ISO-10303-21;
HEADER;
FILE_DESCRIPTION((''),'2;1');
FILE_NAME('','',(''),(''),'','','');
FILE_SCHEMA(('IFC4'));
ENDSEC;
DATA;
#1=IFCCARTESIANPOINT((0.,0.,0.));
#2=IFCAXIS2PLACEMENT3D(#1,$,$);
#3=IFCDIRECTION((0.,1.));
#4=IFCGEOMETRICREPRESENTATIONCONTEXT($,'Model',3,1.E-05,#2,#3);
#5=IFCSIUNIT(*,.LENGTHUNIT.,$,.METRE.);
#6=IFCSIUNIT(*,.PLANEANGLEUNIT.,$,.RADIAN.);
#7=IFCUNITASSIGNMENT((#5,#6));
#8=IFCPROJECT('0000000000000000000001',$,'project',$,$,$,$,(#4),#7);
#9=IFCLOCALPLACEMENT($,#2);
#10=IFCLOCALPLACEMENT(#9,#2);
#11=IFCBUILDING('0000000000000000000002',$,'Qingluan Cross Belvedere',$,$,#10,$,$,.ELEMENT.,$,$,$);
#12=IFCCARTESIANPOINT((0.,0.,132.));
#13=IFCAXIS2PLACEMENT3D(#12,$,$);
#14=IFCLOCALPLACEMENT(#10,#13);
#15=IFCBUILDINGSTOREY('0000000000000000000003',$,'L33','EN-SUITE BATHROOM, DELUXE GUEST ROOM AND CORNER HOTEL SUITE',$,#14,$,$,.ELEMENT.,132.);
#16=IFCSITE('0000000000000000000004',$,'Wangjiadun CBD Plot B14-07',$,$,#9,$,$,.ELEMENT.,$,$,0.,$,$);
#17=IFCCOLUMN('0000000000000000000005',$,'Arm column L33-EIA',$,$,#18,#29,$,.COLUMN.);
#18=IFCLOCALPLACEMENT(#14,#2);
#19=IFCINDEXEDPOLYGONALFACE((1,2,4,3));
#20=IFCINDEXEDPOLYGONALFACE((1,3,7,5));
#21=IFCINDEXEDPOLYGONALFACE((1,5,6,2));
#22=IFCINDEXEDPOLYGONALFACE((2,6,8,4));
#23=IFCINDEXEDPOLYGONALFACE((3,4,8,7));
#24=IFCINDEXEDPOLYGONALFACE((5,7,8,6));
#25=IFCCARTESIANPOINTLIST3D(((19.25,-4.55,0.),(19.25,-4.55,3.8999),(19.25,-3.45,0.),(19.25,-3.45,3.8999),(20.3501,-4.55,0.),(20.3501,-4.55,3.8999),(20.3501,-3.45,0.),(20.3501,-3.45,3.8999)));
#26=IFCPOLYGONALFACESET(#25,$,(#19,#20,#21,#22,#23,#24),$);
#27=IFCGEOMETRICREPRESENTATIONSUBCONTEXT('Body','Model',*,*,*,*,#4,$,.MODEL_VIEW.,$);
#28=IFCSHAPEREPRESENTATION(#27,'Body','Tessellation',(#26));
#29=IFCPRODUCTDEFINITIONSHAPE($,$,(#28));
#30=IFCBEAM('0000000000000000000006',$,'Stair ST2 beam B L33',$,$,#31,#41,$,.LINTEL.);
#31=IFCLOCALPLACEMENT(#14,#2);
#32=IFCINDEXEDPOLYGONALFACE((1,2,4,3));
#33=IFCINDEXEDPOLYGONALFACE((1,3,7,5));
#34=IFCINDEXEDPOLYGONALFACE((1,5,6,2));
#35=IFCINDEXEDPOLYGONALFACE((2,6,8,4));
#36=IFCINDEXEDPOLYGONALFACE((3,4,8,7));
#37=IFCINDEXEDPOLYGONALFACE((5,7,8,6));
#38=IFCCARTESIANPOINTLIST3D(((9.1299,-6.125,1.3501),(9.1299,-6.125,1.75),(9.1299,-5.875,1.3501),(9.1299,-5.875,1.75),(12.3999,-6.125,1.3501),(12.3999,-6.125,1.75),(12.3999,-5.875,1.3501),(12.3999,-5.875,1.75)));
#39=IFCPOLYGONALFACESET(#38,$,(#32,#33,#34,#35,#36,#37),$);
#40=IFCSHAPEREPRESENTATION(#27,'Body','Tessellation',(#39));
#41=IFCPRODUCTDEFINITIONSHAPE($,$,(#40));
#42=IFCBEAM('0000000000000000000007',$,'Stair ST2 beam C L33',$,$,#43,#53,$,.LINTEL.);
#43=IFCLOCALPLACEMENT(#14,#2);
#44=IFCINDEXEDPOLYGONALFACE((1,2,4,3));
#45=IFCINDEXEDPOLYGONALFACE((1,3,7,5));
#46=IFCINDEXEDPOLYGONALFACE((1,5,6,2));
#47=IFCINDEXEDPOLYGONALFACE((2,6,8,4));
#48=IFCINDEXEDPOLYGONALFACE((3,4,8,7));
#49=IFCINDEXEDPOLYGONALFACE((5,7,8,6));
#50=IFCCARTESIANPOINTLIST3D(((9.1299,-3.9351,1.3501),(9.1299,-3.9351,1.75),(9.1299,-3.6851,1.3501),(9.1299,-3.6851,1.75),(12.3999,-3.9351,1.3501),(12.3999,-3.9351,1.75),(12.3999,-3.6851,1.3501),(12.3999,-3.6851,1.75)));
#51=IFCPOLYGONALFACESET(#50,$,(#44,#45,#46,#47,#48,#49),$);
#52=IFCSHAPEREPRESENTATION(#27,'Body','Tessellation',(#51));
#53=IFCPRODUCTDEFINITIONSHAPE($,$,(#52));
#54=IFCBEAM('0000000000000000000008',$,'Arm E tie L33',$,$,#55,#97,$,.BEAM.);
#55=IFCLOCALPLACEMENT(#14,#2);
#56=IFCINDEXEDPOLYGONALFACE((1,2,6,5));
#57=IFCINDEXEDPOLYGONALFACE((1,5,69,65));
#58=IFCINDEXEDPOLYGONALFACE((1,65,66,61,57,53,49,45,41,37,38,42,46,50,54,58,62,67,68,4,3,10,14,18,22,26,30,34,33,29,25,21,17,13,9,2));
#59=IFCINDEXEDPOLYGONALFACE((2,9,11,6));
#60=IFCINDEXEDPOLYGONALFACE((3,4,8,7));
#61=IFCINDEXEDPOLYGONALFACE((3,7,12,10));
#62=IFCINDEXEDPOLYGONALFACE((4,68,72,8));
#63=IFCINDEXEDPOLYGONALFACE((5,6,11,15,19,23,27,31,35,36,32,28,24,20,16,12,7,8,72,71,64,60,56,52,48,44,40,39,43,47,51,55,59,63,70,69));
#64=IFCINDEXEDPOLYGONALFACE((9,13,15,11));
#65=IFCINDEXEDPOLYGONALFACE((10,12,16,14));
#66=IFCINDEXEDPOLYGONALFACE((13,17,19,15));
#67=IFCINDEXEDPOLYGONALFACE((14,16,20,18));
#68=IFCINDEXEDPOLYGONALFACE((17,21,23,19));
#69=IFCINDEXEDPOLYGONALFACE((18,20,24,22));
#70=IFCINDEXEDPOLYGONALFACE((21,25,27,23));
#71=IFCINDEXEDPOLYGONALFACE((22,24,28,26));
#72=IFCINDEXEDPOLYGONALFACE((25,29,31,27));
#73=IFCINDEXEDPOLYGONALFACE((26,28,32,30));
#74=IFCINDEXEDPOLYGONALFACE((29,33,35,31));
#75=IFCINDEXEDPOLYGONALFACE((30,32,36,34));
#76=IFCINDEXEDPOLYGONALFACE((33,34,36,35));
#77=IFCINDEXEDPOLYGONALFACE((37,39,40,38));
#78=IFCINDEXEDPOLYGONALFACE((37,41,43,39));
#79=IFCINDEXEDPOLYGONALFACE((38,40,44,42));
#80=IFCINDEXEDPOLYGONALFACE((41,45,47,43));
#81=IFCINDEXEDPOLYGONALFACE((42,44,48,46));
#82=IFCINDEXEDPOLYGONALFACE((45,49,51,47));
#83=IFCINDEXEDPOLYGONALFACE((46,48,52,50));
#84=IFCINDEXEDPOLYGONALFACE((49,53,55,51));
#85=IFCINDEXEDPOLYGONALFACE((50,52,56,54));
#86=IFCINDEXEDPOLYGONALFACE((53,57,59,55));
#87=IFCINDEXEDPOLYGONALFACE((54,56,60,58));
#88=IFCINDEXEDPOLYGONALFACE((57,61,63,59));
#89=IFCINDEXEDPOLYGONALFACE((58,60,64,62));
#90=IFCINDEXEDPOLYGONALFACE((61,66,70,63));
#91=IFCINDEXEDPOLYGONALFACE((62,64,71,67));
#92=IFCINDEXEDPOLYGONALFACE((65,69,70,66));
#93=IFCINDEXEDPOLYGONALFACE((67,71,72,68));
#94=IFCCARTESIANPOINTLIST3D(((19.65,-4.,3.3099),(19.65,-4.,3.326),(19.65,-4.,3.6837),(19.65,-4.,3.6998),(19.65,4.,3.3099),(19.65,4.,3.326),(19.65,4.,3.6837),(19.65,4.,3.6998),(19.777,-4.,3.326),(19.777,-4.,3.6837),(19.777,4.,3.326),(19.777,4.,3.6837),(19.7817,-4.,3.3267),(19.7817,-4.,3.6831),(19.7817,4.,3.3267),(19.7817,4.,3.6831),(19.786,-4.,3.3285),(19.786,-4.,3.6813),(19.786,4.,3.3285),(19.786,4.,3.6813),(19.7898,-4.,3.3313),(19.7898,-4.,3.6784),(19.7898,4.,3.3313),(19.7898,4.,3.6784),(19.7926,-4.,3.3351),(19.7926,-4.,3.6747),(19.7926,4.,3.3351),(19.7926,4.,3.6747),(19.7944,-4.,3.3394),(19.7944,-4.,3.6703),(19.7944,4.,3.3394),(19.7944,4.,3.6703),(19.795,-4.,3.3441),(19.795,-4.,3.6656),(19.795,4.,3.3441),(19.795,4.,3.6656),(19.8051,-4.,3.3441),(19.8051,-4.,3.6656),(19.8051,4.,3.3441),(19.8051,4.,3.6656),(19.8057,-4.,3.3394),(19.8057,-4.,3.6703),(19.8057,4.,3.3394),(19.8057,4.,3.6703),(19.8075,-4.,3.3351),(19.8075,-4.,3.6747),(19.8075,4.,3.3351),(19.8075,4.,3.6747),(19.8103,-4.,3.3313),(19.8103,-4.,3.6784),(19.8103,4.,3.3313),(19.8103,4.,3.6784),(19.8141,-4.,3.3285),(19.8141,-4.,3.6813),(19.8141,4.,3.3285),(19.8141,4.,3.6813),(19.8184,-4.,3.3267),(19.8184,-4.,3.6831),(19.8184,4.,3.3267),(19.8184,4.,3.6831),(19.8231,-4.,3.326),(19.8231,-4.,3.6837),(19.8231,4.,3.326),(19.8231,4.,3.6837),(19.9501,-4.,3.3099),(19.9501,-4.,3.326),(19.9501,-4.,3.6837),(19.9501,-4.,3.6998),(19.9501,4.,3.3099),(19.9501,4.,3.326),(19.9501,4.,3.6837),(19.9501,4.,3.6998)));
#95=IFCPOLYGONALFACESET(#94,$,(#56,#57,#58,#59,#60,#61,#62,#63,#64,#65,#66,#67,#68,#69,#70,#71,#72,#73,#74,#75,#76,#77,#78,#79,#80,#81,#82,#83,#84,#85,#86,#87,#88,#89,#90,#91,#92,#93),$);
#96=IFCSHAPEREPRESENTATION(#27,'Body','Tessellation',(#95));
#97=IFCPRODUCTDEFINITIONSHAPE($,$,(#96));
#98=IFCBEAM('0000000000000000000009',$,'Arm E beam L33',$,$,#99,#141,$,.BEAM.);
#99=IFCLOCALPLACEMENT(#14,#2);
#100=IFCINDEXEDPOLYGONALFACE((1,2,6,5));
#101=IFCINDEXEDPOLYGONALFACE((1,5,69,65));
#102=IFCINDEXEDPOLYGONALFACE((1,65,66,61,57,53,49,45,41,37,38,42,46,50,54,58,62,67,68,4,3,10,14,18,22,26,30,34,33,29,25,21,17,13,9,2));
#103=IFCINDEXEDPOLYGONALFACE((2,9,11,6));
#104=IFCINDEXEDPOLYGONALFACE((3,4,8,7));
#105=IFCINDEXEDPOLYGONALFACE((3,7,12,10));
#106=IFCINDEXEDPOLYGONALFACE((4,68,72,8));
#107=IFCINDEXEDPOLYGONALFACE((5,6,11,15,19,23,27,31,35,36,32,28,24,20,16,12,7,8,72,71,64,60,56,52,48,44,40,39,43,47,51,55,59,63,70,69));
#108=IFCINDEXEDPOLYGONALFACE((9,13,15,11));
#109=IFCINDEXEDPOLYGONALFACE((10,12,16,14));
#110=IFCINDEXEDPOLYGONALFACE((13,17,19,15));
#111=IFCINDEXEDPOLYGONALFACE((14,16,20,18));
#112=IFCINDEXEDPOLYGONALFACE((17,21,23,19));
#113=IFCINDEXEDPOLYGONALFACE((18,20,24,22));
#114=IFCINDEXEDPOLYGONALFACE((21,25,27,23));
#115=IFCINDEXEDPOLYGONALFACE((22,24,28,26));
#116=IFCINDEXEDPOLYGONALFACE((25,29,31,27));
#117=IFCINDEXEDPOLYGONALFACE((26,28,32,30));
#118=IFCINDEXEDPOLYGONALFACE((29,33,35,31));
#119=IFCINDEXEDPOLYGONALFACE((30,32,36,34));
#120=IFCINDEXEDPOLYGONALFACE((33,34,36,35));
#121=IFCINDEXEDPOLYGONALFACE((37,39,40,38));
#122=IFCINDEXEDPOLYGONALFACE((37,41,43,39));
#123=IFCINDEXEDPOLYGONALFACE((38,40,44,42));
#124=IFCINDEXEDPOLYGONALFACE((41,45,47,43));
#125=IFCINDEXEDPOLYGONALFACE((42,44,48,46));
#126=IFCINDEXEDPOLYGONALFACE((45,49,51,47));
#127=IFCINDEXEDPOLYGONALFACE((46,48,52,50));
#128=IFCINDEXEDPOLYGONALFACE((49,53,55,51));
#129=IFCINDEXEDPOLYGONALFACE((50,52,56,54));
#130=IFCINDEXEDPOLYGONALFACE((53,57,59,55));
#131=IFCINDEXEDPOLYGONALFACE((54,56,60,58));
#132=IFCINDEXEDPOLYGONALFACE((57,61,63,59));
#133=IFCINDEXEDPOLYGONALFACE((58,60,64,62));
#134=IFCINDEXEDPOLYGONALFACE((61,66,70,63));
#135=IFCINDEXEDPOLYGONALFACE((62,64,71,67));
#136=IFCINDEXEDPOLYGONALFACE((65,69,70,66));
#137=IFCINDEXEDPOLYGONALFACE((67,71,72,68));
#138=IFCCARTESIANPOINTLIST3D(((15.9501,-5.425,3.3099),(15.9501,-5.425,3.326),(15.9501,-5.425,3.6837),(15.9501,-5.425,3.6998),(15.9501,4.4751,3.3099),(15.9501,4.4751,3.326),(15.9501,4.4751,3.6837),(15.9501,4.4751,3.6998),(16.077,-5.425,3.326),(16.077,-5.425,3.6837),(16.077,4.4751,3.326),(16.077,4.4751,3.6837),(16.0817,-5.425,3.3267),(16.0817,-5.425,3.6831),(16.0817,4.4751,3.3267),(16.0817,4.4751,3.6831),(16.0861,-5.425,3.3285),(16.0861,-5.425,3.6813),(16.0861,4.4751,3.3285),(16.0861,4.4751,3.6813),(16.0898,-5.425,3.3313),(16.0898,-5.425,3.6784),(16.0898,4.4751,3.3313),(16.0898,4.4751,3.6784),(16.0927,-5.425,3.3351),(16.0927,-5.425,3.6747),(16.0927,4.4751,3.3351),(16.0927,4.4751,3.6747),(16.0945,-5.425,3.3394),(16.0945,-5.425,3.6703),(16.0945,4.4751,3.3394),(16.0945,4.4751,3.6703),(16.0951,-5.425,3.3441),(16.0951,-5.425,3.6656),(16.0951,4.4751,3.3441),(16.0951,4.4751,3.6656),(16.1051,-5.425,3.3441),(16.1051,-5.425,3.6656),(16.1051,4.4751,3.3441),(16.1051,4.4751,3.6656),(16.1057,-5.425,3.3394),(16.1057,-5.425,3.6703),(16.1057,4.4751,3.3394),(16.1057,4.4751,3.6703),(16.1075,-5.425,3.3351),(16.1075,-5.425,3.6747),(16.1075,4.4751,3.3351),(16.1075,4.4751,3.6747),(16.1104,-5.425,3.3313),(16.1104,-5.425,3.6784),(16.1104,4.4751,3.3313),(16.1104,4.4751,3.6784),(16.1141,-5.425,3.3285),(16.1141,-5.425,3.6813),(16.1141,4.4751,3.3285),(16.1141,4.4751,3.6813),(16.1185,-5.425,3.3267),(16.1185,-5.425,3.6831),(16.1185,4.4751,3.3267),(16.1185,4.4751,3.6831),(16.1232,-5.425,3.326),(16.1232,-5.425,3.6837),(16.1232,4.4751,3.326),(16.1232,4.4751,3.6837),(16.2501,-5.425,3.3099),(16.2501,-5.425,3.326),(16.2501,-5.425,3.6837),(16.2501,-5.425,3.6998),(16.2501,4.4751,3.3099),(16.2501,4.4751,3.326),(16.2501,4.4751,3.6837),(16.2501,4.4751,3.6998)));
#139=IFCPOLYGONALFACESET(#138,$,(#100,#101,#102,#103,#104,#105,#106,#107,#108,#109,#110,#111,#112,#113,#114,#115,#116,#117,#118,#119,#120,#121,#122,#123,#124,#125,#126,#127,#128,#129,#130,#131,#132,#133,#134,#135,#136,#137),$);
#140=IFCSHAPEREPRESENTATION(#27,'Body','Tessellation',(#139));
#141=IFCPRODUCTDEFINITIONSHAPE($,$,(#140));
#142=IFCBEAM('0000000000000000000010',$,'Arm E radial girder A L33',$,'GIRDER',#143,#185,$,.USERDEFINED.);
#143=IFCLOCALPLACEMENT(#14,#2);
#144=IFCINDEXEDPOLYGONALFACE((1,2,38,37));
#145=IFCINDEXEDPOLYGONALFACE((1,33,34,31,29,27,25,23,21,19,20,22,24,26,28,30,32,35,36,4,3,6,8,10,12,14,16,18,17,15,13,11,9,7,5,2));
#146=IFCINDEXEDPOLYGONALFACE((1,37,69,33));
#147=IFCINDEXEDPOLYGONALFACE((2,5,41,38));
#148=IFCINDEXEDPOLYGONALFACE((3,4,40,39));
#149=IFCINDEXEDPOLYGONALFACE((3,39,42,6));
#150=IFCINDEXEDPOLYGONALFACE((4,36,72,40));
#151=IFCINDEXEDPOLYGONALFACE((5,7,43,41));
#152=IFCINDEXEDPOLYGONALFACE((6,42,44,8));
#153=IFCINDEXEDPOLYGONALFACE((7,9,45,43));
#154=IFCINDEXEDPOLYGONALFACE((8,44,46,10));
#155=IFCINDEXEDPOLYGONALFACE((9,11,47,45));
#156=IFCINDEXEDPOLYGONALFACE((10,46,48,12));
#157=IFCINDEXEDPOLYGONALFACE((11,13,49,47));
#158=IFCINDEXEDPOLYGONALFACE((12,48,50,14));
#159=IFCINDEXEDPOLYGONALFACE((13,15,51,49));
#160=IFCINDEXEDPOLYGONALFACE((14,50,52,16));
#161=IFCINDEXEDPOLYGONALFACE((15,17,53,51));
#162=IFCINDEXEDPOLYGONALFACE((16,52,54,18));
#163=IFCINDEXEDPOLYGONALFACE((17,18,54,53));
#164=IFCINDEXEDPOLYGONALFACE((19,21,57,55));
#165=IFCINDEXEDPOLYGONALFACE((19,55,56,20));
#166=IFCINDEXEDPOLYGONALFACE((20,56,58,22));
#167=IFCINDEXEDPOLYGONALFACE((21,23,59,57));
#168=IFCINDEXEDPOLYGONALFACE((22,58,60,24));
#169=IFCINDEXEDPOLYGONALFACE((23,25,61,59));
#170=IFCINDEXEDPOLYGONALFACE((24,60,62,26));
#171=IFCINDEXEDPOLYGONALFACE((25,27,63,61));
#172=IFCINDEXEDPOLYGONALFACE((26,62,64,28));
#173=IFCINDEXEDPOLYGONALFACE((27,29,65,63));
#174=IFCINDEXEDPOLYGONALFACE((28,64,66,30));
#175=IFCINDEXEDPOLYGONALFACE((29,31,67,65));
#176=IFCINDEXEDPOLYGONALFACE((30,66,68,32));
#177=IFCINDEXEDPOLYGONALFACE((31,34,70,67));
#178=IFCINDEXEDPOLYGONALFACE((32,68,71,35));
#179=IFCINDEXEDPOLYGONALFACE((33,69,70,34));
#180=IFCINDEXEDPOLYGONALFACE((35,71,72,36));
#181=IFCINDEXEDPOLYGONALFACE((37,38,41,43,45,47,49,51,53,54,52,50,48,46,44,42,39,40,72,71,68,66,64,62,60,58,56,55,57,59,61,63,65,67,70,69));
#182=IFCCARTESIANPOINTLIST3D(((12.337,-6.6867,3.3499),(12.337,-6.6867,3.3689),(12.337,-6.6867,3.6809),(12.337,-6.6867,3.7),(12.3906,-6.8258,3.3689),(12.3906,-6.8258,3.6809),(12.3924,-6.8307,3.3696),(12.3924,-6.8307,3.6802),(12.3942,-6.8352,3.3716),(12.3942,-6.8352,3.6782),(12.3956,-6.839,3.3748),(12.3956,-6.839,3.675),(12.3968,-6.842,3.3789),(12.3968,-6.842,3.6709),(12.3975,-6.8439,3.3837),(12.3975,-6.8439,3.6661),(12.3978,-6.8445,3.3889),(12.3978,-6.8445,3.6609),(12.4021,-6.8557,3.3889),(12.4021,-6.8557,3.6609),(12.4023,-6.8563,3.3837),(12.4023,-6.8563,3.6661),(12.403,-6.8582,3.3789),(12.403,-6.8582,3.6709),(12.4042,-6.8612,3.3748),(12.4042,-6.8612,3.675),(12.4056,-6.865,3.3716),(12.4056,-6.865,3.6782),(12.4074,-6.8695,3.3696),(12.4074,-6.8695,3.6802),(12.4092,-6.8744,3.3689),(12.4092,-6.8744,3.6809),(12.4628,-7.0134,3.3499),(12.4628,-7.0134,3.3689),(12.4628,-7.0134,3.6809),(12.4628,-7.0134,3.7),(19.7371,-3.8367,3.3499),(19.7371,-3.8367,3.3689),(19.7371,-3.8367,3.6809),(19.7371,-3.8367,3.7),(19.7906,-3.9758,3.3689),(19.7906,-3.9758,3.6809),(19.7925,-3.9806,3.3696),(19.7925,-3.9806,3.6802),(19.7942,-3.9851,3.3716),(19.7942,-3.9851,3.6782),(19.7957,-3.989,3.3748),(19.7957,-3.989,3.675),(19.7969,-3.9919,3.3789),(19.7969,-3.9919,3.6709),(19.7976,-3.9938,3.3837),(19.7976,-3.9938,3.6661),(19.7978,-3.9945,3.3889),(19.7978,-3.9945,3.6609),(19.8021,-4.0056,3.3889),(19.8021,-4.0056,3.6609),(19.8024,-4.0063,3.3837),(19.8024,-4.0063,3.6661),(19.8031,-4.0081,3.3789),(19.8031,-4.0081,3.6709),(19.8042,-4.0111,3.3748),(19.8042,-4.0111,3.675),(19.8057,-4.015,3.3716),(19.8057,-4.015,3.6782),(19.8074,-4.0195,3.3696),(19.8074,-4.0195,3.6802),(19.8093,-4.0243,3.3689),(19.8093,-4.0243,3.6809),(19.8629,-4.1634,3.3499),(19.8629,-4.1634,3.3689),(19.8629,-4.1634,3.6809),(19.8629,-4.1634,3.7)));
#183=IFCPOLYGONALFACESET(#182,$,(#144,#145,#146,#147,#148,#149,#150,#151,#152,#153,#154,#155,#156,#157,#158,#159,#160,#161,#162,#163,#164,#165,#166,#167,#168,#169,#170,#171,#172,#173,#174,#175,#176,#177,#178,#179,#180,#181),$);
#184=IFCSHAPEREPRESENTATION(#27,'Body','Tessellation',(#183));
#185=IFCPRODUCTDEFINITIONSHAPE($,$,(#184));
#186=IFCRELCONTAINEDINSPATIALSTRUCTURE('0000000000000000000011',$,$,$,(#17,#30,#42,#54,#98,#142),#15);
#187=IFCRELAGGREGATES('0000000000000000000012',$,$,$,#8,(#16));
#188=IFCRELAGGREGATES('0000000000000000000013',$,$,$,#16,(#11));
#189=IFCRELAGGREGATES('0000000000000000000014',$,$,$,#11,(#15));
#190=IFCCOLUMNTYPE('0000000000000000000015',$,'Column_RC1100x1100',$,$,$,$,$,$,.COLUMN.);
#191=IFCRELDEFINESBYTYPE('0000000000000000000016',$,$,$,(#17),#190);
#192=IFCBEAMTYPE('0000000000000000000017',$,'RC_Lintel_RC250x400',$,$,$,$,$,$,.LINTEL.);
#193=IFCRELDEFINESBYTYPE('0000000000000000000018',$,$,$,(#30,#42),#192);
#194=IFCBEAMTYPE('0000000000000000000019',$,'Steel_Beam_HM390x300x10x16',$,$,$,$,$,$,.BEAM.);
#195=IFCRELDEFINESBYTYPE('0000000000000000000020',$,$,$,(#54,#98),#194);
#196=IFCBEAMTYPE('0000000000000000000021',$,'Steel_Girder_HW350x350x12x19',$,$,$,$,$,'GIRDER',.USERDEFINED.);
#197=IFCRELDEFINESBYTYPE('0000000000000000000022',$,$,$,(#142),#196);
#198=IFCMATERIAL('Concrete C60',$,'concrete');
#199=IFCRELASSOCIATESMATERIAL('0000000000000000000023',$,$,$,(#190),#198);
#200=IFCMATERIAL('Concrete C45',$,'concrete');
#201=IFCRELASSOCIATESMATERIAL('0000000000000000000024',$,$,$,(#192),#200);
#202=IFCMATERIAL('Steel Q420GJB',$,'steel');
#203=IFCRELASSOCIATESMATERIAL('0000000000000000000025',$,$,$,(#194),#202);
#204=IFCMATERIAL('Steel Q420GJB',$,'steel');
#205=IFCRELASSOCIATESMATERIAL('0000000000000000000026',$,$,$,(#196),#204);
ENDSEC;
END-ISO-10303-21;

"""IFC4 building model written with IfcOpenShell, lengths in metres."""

from ifc_helpers import new_model, si_unit, direction, frame, origin, origin_2d, place, context, subcontext, project, spatial, rectangle, i_section, extrude, material, material_profile, profile_set, type_object, element, save


model = new_model("IFC4")

# Units and contexts
model_context = context("Model", 3, precision=1e-05, world=origin(), true_north=direction((0.0, 1.0)))
body_context = subcontext(model_context, "Body", "Model", "MODEL_VIEW")
ifc_project = project(units=[si_unit("LENGTHUNIT", "METRE"), si_unit("PLANEANGLEUNIT", "RADIAN")], contexts=[model_context])

# Site, building, storey
site_placement = place(None, origin())
site = spatial("IfcSite", under=ifc_project, at=site_placement, Name="Wangjiadun CBD Plot B14-07", CompositionType="ELEMENT", RefElevation=0.0)
building_placement = place(site_placement, origin())
building = spatial("IfcBuilding", under=site, at=building_placement, Name="Qingluan Cross Belvedere", CompositionType="ELEMENT")
storey_placement = place(building_placement, frame((0.0, 0.0, 132.0)))
storey = spatial("IfcBuildingStorey", under=building, at=storey_placement, Name="L33", Description="EN-SUITE BATHROOM, DELUXE GUEST ROOM AND CORNER HOTEL SUITE", CompositionType="ELEMENT", Elevation=132.0)

# Column
ifc_material_1 = material(Name="Concrete C60", Category="concrete")
ifc_material_profile_1 = material_profile(ifc_material_1, rectangle(XDim=1.1001, YDim=1.1001, at=origin_2d()), Name="RC1100x1100")
ifc_profile_set_1 = profile_set([ifc_material_profile_1], Name="Concrete C60")
column_type = type_object("IfcColumnType", Name="Column_RC1100x1100", PredefinedType="COLUMN", material=ifc_profile_set_1)
column_placement = place(storey_placement, frame((19.8, -4.0, 0.0), z_axis=(0.0, 0.0, 1.0), x_axis=(1.0, 0.0, 0.0)))
element("IfcColumn", 1, at=column_placement, inside=storey, type_object=column_type, Name="Arm column L33-EIA", PredefinedType="COLUMN", context=body_context, shape_type="SweptSolid", body=[
    extrude(rectangle(XDim=1.1001, YDim=1.1001, at=origin_2d()), origin(), (0.0, 0.0, 1.0), 3.8999),
])

# Beams
ifc_material_2 = material(Name="Concrete C45", Category="concrete")
ifc_material_profile_2 = material_profile(ifc_material_2, rectangle(XDim=0.25, YDim=0.3999, at=origin_2d()), Name="RC250x400")
ifc_profile_set_2 = profile_set([ifc_material_profile_2], Name="Concrete C45")
beam_type_1 = type_object("IfcBeamType", Name="RC_Lintel_RC250x400", PredefinedType="LINTEL", material=ifc_profile_set_2)
for number, where, z_axis, x_axis, name in (
    (2, (12.3999, -6.0, 1.55), (-1.0, 0.0, 0.0), (0.0, -1.0, 0.0), "Stair ST2 beam B L33"),
    (3, (12.3999, -3.8101, 1.55), (-1.0, 0.0, 0.0), (0.0, -1.0, 0.0), "Stair ST2 beam C L33"),
):
    element("IfcBeam", number, at=place(storey_placement, frame(where, z_axis=z_axis, x_axis=x_axis)), inside=storey, type_object=beam_type_1, Name=name, PredefinedType="LINTEL", context=body_context, shape_type="SweptSolid", body=[
        extrude(rectangle(XDim=0.25, YDim=0.3999, at=origin_2d()), origin(), (0.0, 0.0, 1.0), 3.27),
    ])
ifc_material_3 = material(Name="Steel Q420GJB", Category="steel")
ifc_material_profile_3 = material_profile(ifc_material_3, i_section(OverallWidth=0.3, OverallDepth=0.3899, WebThickness=0.01, FlangeThickness=0.0161, FilletRadius=0.0181, at=origin_2d()), Name="HM390x300x10x16")
ifc_profile_set_3 = profile_set([ifc_material_profile_3], Name="Steel Q420GJB")
beam_type_2 = type_object("IfcBeamType", Name="Steel_Beam_HM390x300x10x16", PredefinedType="BEAM", material=ifc_profile_set_3)
beam_1_placement = place(storey_placement, frame((19.8, -4.0, 3.5049), z_axis=(0.0, 1.0, 0.0), x_axis=(-1.0, 0.0, 0.0)))
element("IfcBeam", 4, at=beam_1_placement, inside=storey, type_object=beam_type_2, Name="Arm E tie L33", PredefinedType="BEAM", context=body_context, shape_type="SweptSolid", body=[
    extrude(i_section(OverallWidth=0.3, OverallDepth=0.3899, WebThickness=0.01, FlangeThickness=0.0161, FilletRadius=0.0181, at=origin_2d()), origin(), (0.0, 0.0, 1.0), 8.0),
])
beam_2_placement = place(storey_placement, frame((16.1001, -5.425, 3.5049), z_axis=(0.0, 1.0, 0.0), x_axis=(-1.0, 0.0, 0.0)))
element("IfcBeam", 5, at=beam_2_placement, inside=storey, type_object=beam_type_2, Name="Arm E beam L33", PredefinedType="BEAM", context=body_context, shape_type="SweptSolid", body=[
    extrude(i_section(OverallWidth=0.3, OverallDepth=0.3899, WebThickness=0.01, FlangeThickness=0.0161, FilletRadius=0.0181, at=origin_2d()), origin(), (0.0, 0.0, 1.0), 9.9001),
])
ifc_material_4 = material(Name="Steel Q420GJB", Category="steel")
ifc_material_profile_4 = material_profile(ifc_material_4, i_section(OverallWidth=0.3501, OverallDepth=0.3501, WebThickness=0.012, FlangeThickness=0.019, FilletRadius=0.02, at=origin_2d()), Name="HW350x350x12x19")
ifc_profile_set_4 = profile_set([ifc_material_profile_4], Name="Steel Q420GJB")
beam_type_3 = type_object("IfcBeamType", Name="Steel_Girder_HW350x350x12x19", ElementType="GIRDER", PredefinedType="USERDEFINED", material=ifc_profile_set_4)
beam_3_placement = place(storey_placement, frame((12.3999, -6.8501, 3.5249), z_axis=(0.933181, 0.359406, 0.0), x_axis=(-0.359406, 0.933181, 0.0)))
element("IfcBeam", 6, at=beam_3_placement, inside=storey, type_object=beam_type_3, Name="Arm E radial girder A L33", ObjectType="GIRDER", PredefinedType="USERDEFINED", context=body_context, shape_type="SweptSolid", body=[
    extrude(i_section(OverallWidth=0.3501, OverallDepth=0.3501, WebThickness=0.012, FlangeThickness=0.019, FilletRadius=0.02, at=origin_2d()), origin(), (0.0, 0.0, 1.0), 7.9299),
])

save(model, "model.ifc")
